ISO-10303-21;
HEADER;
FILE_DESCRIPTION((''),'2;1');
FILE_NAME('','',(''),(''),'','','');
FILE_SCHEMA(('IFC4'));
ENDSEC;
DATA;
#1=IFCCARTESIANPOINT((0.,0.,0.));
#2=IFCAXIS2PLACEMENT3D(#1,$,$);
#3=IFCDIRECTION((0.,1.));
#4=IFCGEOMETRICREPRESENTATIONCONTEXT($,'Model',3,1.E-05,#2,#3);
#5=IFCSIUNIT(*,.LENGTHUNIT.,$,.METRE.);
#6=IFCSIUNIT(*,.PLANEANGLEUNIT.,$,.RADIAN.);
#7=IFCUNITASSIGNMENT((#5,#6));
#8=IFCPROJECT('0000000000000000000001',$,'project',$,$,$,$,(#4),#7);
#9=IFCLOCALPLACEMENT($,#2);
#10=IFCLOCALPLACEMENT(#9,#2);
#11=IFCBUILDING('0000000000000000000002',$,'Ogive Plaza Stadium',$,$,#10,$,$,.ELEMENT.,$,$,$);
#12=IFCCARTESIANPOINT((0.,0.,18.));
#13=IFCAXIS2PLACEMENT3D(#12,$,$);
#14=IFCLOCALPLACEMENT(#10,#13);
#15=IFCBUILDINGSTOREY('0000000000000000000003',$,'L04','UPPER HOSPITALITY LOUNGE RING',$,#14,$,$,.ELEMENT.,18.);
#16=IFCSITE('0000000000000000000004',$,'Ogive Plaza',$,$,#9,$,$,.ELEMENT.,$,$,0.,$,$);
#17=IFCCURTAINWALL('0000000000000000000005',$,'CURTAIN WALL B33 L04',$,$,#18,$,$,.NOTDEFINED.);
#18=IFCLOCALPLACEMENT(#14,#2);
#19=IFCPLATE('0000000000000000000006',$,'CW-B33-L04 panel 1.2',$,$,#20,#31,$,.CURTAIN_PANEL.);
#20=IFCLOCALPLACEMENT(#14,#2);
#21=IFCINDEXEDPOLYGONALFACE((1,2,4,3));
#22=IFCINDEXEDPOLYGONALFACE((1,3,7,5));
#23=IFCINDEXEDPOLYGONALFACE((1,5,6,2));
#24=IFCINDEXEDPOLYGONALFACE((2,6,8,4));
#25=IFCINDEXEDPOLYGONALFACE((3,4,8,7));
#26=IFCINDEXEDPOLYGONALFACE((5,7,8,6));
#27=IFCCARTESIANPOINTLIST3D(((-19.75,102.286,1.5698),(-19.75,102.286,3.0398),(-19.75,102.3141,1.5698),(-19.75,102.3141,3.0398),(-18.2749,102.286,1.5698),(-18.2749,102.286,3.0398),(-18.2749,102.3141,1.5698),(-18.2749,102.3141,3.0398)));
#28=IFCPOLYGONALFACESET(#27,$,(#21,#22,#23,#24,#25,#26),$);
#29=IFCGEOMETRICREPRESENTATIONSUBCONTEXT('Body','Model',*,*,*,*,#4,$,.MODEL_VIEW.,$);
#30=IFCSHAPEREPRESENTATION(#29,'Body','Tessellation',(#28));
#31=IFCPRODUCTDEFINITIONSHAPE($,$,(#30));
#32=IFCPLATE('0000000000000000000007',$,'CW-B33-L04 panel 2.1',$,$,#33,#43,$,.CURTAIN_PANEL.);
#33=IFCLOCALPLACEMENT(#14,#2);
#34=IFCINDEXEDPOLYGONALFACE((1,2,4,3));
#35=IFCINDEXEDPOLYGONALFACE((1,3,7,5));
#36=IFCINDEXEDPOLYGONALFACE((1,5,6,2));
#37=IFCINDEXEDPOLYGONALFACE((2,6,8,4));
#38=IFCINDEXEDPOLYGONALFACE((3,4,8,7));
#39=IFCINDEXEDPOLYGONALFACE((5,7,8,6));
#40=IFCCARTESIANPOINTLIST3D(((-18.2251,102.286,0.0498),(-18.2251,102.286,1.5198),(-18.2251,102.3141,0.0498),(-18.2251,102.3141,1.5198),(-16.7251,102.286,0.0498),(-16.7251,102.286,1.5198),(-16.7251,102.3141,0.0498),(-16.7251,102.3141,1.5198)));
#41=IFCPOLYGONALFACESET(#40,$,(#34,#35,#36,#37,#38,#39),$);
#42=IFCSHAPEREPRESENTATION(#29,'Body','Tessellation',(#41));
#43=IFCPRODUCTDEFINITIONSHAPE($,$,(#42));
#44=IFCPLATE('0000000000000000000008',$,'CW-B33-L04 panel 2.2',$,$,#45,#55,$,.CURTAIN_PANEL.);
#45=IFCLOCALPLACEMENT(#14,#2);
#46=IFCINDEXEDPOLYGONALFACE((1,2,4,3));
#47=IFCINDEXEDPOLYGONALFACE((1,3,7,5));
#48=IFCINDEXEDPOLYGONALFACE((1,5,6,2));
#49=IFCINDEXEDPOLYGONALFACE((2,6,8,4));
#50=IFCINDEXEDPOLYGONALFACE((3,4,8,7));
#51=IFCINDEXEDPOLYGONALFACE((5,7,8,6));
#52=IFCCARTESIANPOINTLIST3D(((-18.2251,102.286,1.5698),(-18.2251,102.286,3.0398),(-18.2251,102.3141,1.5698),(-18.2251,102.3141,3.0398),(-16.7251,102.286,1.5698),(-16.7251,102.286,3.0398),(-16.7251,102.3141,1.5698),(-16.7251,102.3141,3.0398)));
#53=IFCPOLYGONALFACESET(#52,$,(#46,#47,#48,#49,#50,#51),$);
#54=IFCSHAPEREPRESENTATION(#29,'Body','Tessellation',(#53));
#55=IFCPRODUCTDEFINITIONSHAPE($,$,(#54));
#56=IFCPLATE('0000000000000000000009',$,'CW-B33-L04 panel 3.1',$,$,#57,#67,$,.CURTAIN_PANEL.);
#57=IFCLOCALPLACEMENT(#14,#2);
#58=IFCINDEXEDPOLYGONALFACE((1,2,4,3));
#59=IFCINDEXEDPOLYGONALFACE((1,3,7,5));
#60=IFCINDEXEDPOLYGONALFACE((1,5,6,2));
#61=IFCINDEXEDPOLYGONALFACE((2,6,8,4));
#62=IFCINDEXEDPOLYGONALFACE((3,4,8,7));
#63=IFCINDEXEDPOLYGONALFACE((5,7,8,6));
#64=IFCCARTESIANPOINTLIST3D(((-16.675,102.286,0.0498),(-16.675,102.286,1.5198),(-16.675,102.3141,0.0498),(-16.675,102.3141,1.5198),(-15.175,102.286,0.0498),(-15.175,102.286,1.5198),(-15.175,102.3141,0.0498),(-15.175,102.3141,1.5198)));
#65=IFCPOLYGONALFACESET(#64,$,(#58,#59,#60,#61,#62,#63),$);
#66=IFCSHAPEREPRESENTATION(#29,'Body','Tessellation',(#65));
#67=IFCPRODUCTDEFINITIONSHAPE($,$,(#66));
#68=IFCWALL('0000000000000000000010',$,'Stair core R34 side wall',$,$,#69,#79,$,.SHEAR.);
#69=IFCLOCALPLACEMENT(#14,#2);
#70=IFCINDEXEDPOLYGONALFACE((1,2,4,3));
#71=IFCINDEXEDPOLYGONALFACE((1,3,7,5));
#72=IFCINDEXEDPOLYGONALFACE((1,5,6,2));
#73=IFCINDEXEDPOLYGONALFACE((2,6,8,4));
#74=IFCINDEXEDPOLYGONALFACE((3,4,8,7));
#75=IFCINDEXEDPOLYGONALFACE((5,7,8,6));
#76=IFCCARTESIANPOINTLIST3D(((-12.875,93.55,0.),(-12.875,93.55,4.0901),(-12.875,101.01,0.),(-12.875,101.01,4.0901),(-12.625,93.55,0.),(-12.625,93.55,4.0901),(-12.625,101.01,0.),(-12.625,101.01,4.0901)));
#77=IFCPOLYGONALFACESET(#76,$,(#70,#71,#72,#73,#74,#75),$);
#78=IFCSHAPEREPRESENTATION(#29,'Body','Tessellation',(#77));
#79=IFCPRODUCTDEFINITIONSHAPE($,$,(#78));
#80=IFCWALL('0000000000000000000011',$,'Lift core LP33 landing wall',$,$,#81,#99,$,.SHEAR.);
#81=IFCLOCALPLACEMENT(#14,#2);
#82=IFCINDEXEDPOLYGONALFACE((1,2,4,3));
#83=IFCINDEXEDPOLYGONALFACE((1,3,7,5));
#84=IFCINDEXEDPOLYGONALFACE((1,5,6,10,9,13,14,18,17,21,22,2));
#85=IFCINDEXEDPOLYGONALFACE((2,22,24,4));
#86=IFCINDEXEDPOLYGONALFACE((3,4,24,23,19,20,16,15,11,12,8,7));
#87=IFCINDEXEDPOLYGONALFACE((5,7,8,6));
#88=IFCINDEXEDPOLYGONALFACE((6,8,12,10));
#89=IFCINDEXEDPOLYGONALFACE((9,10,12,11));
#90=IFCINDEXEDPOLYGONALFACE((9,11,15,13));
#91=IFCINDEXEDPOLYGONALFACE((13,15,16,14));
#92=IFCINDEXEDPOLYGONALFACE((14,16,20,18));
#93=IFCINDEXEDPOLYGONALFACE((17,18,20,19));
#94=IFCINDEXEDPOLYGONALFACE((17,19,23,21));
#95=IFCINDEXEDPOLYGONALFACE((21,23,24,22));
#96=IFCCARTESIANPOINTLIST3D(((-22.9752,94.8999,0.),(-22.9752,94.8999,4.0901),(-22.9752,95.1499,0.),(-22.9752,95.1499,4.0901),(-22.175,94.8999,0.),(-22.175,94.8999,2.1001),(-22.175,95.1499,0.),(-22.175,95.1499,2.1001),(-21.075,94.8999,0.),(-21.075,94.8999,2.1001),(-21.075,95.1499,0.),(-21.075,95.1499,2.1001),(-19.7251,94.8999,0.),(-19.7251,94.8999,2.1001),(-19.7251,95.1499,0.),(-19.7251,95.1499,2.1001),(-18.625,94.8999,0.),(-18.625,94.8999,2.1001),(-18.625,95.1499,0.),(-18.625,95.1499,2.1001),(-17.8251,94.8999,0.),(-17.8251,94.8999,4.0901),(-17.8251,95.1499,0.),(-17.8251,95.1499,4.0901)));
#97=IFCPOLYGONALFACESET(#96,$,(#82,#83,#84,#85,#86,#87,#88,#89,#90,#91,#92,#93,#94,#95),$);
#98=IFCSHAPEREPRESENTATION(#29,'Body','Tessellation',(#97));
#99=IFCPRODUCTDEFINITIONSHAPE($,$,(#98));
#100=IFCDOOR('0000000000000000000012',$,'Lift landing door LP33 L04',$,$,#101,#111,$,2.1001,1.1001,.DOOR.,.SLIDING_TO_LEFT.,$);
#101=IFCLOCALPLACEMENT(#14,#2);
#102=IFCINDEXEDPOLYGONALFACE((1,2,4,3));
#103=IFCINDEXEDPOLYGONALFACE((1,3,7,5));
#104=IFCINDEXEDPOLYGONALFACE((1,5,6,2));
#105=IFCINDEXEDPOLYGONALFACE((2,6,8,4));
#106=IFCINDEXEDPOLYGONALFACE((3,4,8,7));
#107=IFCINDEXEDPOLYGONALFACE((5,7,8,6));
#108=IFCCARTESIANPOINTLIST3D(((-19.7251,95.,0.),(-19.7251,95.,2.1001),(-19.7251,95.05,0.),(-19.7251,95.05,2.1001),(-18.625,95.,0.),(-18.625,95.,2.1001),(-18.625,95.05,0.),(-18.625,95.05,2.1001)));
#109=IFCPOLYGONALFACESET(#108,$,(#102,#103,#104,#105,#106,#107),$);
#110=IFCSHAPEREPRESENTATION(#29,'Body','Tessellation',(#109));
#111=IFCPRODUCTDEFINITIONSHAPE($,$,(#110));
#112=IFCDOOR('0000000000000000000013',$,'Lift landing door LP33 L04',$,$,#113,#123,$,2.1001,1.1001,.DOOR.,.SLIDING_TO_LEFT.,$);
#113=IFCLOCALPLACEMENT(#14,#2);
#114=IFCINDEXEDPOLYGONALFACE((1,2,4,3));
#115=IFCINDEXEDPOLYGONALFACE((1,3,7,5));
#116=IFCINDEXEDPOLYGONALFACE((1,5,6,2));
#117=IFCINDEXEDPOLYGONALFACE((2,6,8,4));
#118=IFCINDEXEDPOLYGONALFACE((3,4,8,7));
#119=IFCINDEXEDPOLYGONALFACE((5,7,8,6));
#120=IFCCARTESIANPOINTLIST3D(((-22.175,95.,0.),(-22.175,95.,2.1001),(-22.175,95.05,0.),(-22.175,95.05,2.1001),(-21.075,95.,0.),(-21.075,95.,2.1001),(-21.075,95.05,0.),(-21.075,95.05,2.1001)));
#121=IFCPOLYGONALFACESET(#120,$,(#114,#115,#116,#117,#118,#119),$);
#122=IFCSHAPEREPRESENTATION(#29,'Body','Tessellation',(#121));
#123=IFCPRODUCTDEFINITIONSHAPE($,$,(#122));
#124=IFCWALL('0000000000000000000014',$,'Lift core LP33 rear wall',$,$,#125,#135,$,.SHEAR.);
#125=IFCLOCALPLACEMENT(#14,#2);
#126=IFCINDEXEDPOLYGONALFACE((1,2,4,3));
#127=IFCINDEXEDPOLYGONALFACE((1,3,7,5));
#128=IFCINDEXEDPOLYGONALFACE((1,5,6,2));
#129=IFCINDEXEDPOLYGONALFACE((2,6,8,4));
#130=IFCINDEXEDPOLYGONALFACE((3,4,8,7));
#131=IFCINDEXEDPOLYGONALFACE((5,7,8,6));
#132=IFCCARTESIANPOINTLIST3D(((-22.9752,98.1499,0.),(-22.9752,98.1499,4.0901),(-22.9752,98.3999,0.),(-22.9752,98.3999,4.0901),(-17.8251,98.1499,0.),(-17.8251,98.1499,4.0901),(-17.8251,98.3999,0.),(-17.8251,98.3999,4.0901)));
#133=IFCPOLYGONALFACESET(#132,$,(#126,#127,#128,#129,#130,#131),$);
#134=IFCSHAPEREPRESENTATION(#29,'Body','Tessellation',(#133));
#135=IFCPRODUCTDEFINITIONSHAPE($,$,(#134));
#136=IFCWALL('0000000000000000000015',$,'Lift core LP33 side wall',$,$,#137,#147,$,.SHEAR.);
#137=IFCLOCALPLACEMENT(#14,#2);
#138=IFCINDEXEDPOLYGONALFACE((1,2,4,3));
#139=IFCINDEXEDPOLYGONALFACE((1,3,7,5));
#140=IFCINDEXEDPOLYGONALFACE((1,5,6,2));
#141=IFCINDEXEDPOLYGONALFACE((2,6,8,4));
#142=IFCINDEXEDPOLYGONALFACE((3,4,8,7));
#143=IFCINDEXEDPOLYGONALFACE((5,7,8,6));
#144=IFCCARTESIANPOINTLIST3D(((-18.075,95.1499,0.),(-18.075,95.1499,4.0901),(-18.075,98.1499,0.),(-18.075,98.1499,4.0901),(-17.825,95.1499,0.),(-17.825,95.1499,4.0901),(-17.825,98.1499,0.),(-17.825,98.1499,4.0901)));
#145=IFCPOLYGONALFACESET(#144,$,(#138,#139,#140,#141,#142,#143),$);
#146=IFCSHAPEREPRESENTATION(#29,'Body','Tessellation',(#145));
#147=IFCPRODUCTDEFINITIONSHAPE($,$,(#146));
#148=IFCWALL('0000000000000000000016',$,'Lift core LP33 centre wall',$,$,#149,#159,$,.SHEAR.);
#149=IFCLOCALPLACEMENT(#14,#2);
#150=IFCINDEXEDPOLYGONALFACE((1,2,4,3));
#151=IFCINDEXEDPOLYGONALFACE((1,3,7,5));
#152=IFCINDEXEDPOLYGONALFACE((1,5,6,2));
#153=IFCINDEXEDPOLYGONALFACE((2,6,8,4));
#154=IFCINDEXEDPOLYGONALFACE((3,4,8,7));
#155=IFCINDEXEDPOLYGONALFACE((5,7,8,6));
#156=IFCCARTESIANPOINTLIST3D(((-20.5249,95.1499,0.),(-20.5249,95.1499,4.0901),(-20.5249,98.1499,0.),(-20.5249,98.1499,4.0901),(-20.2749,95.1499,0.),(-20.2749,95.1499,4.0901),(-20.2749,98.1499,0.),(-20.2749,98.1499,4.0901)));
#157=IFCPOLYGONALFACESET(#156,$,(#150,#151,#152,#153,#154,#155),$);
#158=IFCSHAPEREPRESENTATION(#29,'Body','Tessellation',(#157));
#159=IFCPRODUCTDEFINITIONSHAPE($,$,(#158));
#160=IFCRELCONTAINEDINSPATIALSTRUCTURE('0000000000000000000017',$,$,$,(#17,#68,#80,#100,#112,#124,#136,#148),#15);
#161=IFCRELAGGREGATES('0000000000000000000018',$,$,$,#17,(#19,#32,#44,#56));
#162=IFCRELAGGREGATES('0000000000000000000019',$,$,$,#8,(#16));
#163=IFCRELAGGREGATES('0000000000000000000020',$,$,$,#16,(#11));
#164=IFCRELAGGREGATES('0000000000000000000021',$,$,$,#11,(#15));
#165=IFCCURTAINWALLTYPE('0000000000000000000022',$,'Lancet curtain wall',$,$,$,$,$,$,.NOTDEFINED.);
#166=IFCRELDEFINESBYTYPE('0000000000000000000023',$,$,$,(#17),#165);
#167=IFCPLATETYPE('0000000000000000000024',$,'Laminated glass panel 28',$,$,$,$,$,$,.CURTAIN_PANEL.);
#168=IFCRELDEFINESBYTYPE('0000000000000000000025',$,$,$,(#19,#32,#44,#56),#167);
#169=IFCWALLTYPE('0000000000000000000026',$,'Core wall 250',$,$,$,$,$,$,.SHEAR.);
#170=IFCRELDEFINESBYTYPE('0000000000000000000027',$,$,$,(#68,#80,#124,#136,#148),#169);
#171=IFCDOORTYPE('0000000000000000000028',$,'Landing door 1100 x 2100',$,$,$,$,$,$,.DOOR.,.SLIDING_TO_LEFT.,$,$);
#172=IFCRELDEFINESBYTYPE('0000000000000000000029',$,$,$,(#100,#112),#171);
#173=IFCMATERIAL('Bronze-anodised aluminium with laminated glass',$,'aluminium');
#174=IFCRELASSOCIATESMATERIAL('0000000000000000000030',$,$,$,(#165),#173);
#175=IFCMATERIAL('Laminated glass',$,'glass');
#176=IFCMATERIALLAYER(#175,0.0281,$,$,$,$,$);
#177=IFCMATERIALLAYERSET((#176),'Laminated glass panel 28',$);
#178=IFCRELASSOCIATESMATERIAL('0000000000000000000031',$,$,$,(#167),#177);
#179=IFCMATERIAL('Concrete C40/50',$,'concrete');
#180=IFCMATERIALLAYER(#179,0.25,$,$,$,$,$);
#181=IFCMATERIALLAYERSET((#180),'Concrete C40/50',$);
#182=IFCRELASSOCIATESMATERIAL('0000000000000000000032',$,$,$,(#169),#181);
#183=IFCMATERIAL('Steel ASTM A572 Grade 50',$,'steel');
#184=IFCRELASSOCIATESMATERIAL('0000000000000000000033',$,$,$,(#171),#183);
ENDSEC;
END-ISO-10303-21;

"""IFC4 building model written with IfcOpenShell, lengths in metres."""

from ifc_helpers import new_model, si_unit, direction, frame, frame_2d, origin, origin_2d, place, context, subcontext, project, spatial, rectangle, extrude, material, layer, layer_set, type_object, element, fill, aggregate, save


model = new_model("IFC4")

# Units and contexts
model_context = context("Model", 3, precision=1e-05, world=origin(), true_north=direction((0.0, 1.0)))
body_context = subcontext(model_context, "Body", "Model", "MODEL_VIEW")
ifc_project = project(units=[si_unit("LENGTHUNIT", "METRE"), si_unit("PLANEANGLEUNIT", "RADIAN")], contexts=[model_context])

# Site, building, storey
site_placement = place(None, origin())
site = spatial("IfcSite", under=ifc_project, at=site_placement, Name="Ogive Plaza", CompositionType="ELEMENT", RefElevation=0.0)
building_placement = place(site_placement, origin())
building = spatial("IfcBuilding", under=site, at=building_placement, Name="Ogive Plaza Stadium", CompositionType="ELEMENT")
storey_placement = place(building_placement, frame((0.0, 0.0, 18.0)))
storey = spatial("IfcBuildingStorey", under=building, at=storey_placement, Name="L04", Description="UPPER HOSPITALITY LOUNGE RING", CompositionType="ELEMENT", Elevation=18.0)

# Curtain wall
ifc_material_1 = material(Name="Bronze-anodised aluminium with laminated glass", Category="aluminium")
curtain_wall_type = type_object("IfcCurtainWallType", Name="Lancet curtain wall", PredefinedType="NOTDEFINED", material=ifc_material_1)
curtain_wall_placement = place(storey_placement, origin())
curtain_wall = element("IfcCurtainWall", 1, at=curtain_wall_placement, inside=storey, type_object=curtain_wall_type, Name="CURTAIN WALL B33 L04", PredefinedType="NOTDEFINED")

# Plates
ifc_material_2 = material(Name="Laminated glass", Category="glass")
ifc_layer_1 = layer(ifc_material_2, 0.0281)
ifc_layer_set_1 = layer_set([ifc_layer_1], Name="Laminated glass panel 28")
plate_type = type_object("IfcPlateType", Name="Laminated glass panel 28", PredefinedType="CURTAIN_PANEL", material=ifc_layer_set_1)
plate_1_placement = place(storey_placement, frame((-19.0125, 102.3, 1.5698), z_axis=(0.0, 0.0, 1.0), x_axis=(1.0, 0.0, 0.0)))
plate_1 = element("IfcPlate", 2, at=plate_1_placement, type_object=plate_type, Name="CW-B33-L04 panel 1.2", PredefinedType="CURTAIN_PANEL", context=body_context, shape_type="SweptSolid", body=[
    extrude(rectangle(XDim=1.4751, YDim=0.0281, at=origin_2d()), origin(), (0.0, 0.0, 1.0), 1.47),
])
plate_2_placement = place(storey_placement, frame((-17.4751, 102.3, 0.0498), z_axis=(0.0, 0.0, 1.0), x_axis=(1.0, 0.0, 0.0)))
plate_2 = element("IfcPlate", 3, at=plate_2_placement, type_object=plate_type, Name="CW-B33-L04 panel 2.1", PredefinedType="CURTAIN_PANEL", context=body_context, shape_type="SweptSolid", body=[
    extrude(rectangle(XDim=1.5, YDim=0.0281, at=origin_2d()), origin(), (0.0, 0.0, 1.0), 1.47),
])
plate_3_placement = place(storey_placement, frame((-17.4751, 102.3, 1.5698), z_axis=(0.0, 0.0, 1.0), x_axis=(1.0, 0.0, 0.0)))
plate_3 = element("IfcPlate", 4, at=plate_3_placement, type_object=plate_type, Name="CW-B33-L04 panel 2.2", PredefinedType="CURTAIN_PANEL", context=body_context, shape_type="SweptSolid", body=[
    extrude(rectangle(XDim=1.5, YDim=0.0281, at=origin_2d()), origin(), (0.0, 0.0, 1.0), 1.47),
])
plate_4_placement = place(storey_placement, frame((-15.925, 102.3, 0.0498), z_axis=(0.0, 0.0, 1.0), x_axis=(1.0, 0.0, 0.0)))
plate_4 = element("IfcPlate", 5, at=plate_4_placement, type_object=plate_type, Name="CW-B33-L04 panel 3.1", PredefinedType="CURTAIN_PANEL", context=body_context, shape_type="SweptSolid", body=[
    extrude(rectangle(XDim=1.5, YDim=0.0281, at=origin_2d()), origin(), (0.0, 0.0, 1.0), 1.47),
])
aggregate(curtain_wall, [plate_1, plate_2, plate_3, plate_4])

# Wall
ifc_material_3 = material(Name="Concrete C40/50", Category="concrete")
ifc_layer_2 = layer(ifc_material_3, 0.25)
ifc_layer_set_2 = layer_set([ifc_layer_2], Name="Concrete C40/50")
wall_type = type_object("IfcWallType", Name="Core wall 250", PredefinedType="SHEAR", material=ifc_layer_set_2)
wall_1_placement = place(storey_placement, frame((-12.75, 93.55, 0.0), z_axis=(0.0, 0.0, 1.0), x_axis=(0.0, 1.0, 0.0)))
element("IfcWall", 6, at=wall_1_placement, inside=storey, type_object=wall_type, Name="Stair core R34 side wall", PredefinedType="SHEAR", context=body_context, shape_type="SweptSolid", body=[
    extrude(rectangle(XDim=7.46, YDim=0.25, at=frame_2d((3.73, 0.0))), origin(), (0.0, 0.0, 1.0), 4.0901),
])

# Wall, openings, doors
wall_2_placement = place(storey_placement, frame((-17.825, 95.0249, 0.0), z_axis=(0.0, 0.0, 1.0), x_axis=(-1.0, 0.0, 0.0)))
wall_2 = element("IfcWall", 7, at=wall_2_placement, inside=storey, type_object=wall_type, Name="Lift core LP33 landing wall", PredefinedType="SHEAR", context=body_context, shape_type="SweptSolid", body=[
    extrude(rectangle(XDim=5.1501, YDim=0.25, at=frame_2d((2.5752, 0.0))), origin(), (0.0, 0.0, 1.0), 4.0901),
])
opening_1_placement = place(wall_2_placement, frame((0.8, 0.0, 0.0)))
opening_1 = element("IfcOpeningElement", 8, at=opening_1_placement, cuts=wall_2, PredefinedType="OPENING", context=body_context, shape_type="SweptSolid", body=[
    extrude(rectangle(XDim=1.1001, YDim=2.1001, at=frame_2d((0.55, 1.05))), frame((0.0, 0.125, 0.0), z_axis=(0.0, -1.0, 0.0), x_axis=(1.0, 0.0, 0.0)), (0.0, 0.0, 1.0), 0.25),
])
opening_2_placement = place(wall_2_placement, frame((3.25, 0.0, 0.0)))
opening_2 = element("IfcOpeningElement", 9, at=opening_2_placement, cuts=wall_2, PredefinedType="OPENING", context=body_context, shape_type="SweptSolid", body=[
    extrude(rectangle(XDim=1.1001, YDim=2.1001, at=frame_2d((0.55, 1.05))), frame((0.0, 0.125, 0.0), z_axis=(0.0, -1.0, 0.0), x_axis=(1.0, 0.0, 0.0)), (0.0, 0.0, 1.0), 0.25),
])
ifc_material_4 = material(Name="Steel ASTM A572 Grade 50", Category="steel")
door_type = type_object("IfcDoorType", Name="Landing door 1100 x 2100", OperationType="SLIDING_TO_LEFT", PredefinedType="DOOR", material=ifc_material_4)
door_1_placement = place(opening_1_placement, origin())
door_1 = element("IfcDoor", 10, at=door_1_placement, inside=storey, type_object=door_type, Name="Lift landing door LP33 L04", OperationType="SLIDING_TO_LEFT", OverallHeight=2.1001, OverallWidth=1.1001, PredefinedType="DOOR", context=body_context, shape_type="SweptSolid", body=[
    extrude(rectangle(XDim=1.1001, YDim=2.1001, at=frame_2d((0.55, 1.05))), frame((0.0, 0.0249, 0.0), z_axis=(0.0, -1.0, 0.0), x_axis=(1.0, 0.0, 0.0)), (0.0, 0.0, 1.0), 0.05),
])
fill(opening_1, door_1)
door_2_placement = place(opening_2_placement, origin())
door_2 = element("IfcDoor", 11, at=door_2_placement, inside=storey, type_object=door_type, Name="Lift landing door LP33 L04", OperationType="SLIDING_TO_LEFT", OverallHeight=2.1001, OverallWidth=1.1001, PredefinedType="DOOR", context=body_context, shape_type="SweptSolid", body=[
    extrude(rectangle(XDim=1.1001, YDim=2.1001, at=frame_2d((0.55, 1.05))), frame((0.0, 0.0249, 0.0), z_axis=(0.0, -1.0, 0.0), x_axis=(1.0, 0.0, 0.0)), (0.0, 0.0, 1.0), 0.05),
])
fill(opening_2, door_2)

# Walls
wall_3_placement = place(storey_placement, frame((-17.825, 98.2749, 0.0), z_axis=(0.0, 0.0, 1.0), x_axis=(-1.0, 0.0, 0.0)))
element("IfcWall", 12, at=wall_3_placement, inside=storey, type_object=wall_type, Name="Lift core LP33 rear wall", PredefinedType="SHEAR", context=body_context, shape_type="SweptSolid", body=[
    extrude(rectangle(XDim=5.1501, YDim=0.25, at=frame_2d((2.5752, 0.0))), origin(), (0.0, 0.0, 1.0), 4.0901),
])
for number, where, z_axis, x_axis, name in (
    (13, (-17.95, 95.1499, 0.0), (0.0, 0.0, 1.0), (0.0, 1.0, 0.0), "Lift core LP33 side wall"),
    (14, (-20.3999, 95.1499, 0.0), (0.0, 0.0, 1.0), (0.0, 1.0, 0.0), "Lift core LP33 centre wall"),
):
    element("IfcWall", number, at=place(storey_placement, frame(where, z_axis=z_axis, x_axis=x_axis)), inside=storey, type_object=wall_type, Name=name, PredefinedType="SHEAR", context=body_context, shape_type="SweptSolid", body=[
        extrude(rectangle(XDim=3.0, YDim=0.25, at=frame_2d((1.5, 0.0))), origin(), (0.0, 0.0, 1.0), 4.0901),
    ])

save(model, "model.ifc")
